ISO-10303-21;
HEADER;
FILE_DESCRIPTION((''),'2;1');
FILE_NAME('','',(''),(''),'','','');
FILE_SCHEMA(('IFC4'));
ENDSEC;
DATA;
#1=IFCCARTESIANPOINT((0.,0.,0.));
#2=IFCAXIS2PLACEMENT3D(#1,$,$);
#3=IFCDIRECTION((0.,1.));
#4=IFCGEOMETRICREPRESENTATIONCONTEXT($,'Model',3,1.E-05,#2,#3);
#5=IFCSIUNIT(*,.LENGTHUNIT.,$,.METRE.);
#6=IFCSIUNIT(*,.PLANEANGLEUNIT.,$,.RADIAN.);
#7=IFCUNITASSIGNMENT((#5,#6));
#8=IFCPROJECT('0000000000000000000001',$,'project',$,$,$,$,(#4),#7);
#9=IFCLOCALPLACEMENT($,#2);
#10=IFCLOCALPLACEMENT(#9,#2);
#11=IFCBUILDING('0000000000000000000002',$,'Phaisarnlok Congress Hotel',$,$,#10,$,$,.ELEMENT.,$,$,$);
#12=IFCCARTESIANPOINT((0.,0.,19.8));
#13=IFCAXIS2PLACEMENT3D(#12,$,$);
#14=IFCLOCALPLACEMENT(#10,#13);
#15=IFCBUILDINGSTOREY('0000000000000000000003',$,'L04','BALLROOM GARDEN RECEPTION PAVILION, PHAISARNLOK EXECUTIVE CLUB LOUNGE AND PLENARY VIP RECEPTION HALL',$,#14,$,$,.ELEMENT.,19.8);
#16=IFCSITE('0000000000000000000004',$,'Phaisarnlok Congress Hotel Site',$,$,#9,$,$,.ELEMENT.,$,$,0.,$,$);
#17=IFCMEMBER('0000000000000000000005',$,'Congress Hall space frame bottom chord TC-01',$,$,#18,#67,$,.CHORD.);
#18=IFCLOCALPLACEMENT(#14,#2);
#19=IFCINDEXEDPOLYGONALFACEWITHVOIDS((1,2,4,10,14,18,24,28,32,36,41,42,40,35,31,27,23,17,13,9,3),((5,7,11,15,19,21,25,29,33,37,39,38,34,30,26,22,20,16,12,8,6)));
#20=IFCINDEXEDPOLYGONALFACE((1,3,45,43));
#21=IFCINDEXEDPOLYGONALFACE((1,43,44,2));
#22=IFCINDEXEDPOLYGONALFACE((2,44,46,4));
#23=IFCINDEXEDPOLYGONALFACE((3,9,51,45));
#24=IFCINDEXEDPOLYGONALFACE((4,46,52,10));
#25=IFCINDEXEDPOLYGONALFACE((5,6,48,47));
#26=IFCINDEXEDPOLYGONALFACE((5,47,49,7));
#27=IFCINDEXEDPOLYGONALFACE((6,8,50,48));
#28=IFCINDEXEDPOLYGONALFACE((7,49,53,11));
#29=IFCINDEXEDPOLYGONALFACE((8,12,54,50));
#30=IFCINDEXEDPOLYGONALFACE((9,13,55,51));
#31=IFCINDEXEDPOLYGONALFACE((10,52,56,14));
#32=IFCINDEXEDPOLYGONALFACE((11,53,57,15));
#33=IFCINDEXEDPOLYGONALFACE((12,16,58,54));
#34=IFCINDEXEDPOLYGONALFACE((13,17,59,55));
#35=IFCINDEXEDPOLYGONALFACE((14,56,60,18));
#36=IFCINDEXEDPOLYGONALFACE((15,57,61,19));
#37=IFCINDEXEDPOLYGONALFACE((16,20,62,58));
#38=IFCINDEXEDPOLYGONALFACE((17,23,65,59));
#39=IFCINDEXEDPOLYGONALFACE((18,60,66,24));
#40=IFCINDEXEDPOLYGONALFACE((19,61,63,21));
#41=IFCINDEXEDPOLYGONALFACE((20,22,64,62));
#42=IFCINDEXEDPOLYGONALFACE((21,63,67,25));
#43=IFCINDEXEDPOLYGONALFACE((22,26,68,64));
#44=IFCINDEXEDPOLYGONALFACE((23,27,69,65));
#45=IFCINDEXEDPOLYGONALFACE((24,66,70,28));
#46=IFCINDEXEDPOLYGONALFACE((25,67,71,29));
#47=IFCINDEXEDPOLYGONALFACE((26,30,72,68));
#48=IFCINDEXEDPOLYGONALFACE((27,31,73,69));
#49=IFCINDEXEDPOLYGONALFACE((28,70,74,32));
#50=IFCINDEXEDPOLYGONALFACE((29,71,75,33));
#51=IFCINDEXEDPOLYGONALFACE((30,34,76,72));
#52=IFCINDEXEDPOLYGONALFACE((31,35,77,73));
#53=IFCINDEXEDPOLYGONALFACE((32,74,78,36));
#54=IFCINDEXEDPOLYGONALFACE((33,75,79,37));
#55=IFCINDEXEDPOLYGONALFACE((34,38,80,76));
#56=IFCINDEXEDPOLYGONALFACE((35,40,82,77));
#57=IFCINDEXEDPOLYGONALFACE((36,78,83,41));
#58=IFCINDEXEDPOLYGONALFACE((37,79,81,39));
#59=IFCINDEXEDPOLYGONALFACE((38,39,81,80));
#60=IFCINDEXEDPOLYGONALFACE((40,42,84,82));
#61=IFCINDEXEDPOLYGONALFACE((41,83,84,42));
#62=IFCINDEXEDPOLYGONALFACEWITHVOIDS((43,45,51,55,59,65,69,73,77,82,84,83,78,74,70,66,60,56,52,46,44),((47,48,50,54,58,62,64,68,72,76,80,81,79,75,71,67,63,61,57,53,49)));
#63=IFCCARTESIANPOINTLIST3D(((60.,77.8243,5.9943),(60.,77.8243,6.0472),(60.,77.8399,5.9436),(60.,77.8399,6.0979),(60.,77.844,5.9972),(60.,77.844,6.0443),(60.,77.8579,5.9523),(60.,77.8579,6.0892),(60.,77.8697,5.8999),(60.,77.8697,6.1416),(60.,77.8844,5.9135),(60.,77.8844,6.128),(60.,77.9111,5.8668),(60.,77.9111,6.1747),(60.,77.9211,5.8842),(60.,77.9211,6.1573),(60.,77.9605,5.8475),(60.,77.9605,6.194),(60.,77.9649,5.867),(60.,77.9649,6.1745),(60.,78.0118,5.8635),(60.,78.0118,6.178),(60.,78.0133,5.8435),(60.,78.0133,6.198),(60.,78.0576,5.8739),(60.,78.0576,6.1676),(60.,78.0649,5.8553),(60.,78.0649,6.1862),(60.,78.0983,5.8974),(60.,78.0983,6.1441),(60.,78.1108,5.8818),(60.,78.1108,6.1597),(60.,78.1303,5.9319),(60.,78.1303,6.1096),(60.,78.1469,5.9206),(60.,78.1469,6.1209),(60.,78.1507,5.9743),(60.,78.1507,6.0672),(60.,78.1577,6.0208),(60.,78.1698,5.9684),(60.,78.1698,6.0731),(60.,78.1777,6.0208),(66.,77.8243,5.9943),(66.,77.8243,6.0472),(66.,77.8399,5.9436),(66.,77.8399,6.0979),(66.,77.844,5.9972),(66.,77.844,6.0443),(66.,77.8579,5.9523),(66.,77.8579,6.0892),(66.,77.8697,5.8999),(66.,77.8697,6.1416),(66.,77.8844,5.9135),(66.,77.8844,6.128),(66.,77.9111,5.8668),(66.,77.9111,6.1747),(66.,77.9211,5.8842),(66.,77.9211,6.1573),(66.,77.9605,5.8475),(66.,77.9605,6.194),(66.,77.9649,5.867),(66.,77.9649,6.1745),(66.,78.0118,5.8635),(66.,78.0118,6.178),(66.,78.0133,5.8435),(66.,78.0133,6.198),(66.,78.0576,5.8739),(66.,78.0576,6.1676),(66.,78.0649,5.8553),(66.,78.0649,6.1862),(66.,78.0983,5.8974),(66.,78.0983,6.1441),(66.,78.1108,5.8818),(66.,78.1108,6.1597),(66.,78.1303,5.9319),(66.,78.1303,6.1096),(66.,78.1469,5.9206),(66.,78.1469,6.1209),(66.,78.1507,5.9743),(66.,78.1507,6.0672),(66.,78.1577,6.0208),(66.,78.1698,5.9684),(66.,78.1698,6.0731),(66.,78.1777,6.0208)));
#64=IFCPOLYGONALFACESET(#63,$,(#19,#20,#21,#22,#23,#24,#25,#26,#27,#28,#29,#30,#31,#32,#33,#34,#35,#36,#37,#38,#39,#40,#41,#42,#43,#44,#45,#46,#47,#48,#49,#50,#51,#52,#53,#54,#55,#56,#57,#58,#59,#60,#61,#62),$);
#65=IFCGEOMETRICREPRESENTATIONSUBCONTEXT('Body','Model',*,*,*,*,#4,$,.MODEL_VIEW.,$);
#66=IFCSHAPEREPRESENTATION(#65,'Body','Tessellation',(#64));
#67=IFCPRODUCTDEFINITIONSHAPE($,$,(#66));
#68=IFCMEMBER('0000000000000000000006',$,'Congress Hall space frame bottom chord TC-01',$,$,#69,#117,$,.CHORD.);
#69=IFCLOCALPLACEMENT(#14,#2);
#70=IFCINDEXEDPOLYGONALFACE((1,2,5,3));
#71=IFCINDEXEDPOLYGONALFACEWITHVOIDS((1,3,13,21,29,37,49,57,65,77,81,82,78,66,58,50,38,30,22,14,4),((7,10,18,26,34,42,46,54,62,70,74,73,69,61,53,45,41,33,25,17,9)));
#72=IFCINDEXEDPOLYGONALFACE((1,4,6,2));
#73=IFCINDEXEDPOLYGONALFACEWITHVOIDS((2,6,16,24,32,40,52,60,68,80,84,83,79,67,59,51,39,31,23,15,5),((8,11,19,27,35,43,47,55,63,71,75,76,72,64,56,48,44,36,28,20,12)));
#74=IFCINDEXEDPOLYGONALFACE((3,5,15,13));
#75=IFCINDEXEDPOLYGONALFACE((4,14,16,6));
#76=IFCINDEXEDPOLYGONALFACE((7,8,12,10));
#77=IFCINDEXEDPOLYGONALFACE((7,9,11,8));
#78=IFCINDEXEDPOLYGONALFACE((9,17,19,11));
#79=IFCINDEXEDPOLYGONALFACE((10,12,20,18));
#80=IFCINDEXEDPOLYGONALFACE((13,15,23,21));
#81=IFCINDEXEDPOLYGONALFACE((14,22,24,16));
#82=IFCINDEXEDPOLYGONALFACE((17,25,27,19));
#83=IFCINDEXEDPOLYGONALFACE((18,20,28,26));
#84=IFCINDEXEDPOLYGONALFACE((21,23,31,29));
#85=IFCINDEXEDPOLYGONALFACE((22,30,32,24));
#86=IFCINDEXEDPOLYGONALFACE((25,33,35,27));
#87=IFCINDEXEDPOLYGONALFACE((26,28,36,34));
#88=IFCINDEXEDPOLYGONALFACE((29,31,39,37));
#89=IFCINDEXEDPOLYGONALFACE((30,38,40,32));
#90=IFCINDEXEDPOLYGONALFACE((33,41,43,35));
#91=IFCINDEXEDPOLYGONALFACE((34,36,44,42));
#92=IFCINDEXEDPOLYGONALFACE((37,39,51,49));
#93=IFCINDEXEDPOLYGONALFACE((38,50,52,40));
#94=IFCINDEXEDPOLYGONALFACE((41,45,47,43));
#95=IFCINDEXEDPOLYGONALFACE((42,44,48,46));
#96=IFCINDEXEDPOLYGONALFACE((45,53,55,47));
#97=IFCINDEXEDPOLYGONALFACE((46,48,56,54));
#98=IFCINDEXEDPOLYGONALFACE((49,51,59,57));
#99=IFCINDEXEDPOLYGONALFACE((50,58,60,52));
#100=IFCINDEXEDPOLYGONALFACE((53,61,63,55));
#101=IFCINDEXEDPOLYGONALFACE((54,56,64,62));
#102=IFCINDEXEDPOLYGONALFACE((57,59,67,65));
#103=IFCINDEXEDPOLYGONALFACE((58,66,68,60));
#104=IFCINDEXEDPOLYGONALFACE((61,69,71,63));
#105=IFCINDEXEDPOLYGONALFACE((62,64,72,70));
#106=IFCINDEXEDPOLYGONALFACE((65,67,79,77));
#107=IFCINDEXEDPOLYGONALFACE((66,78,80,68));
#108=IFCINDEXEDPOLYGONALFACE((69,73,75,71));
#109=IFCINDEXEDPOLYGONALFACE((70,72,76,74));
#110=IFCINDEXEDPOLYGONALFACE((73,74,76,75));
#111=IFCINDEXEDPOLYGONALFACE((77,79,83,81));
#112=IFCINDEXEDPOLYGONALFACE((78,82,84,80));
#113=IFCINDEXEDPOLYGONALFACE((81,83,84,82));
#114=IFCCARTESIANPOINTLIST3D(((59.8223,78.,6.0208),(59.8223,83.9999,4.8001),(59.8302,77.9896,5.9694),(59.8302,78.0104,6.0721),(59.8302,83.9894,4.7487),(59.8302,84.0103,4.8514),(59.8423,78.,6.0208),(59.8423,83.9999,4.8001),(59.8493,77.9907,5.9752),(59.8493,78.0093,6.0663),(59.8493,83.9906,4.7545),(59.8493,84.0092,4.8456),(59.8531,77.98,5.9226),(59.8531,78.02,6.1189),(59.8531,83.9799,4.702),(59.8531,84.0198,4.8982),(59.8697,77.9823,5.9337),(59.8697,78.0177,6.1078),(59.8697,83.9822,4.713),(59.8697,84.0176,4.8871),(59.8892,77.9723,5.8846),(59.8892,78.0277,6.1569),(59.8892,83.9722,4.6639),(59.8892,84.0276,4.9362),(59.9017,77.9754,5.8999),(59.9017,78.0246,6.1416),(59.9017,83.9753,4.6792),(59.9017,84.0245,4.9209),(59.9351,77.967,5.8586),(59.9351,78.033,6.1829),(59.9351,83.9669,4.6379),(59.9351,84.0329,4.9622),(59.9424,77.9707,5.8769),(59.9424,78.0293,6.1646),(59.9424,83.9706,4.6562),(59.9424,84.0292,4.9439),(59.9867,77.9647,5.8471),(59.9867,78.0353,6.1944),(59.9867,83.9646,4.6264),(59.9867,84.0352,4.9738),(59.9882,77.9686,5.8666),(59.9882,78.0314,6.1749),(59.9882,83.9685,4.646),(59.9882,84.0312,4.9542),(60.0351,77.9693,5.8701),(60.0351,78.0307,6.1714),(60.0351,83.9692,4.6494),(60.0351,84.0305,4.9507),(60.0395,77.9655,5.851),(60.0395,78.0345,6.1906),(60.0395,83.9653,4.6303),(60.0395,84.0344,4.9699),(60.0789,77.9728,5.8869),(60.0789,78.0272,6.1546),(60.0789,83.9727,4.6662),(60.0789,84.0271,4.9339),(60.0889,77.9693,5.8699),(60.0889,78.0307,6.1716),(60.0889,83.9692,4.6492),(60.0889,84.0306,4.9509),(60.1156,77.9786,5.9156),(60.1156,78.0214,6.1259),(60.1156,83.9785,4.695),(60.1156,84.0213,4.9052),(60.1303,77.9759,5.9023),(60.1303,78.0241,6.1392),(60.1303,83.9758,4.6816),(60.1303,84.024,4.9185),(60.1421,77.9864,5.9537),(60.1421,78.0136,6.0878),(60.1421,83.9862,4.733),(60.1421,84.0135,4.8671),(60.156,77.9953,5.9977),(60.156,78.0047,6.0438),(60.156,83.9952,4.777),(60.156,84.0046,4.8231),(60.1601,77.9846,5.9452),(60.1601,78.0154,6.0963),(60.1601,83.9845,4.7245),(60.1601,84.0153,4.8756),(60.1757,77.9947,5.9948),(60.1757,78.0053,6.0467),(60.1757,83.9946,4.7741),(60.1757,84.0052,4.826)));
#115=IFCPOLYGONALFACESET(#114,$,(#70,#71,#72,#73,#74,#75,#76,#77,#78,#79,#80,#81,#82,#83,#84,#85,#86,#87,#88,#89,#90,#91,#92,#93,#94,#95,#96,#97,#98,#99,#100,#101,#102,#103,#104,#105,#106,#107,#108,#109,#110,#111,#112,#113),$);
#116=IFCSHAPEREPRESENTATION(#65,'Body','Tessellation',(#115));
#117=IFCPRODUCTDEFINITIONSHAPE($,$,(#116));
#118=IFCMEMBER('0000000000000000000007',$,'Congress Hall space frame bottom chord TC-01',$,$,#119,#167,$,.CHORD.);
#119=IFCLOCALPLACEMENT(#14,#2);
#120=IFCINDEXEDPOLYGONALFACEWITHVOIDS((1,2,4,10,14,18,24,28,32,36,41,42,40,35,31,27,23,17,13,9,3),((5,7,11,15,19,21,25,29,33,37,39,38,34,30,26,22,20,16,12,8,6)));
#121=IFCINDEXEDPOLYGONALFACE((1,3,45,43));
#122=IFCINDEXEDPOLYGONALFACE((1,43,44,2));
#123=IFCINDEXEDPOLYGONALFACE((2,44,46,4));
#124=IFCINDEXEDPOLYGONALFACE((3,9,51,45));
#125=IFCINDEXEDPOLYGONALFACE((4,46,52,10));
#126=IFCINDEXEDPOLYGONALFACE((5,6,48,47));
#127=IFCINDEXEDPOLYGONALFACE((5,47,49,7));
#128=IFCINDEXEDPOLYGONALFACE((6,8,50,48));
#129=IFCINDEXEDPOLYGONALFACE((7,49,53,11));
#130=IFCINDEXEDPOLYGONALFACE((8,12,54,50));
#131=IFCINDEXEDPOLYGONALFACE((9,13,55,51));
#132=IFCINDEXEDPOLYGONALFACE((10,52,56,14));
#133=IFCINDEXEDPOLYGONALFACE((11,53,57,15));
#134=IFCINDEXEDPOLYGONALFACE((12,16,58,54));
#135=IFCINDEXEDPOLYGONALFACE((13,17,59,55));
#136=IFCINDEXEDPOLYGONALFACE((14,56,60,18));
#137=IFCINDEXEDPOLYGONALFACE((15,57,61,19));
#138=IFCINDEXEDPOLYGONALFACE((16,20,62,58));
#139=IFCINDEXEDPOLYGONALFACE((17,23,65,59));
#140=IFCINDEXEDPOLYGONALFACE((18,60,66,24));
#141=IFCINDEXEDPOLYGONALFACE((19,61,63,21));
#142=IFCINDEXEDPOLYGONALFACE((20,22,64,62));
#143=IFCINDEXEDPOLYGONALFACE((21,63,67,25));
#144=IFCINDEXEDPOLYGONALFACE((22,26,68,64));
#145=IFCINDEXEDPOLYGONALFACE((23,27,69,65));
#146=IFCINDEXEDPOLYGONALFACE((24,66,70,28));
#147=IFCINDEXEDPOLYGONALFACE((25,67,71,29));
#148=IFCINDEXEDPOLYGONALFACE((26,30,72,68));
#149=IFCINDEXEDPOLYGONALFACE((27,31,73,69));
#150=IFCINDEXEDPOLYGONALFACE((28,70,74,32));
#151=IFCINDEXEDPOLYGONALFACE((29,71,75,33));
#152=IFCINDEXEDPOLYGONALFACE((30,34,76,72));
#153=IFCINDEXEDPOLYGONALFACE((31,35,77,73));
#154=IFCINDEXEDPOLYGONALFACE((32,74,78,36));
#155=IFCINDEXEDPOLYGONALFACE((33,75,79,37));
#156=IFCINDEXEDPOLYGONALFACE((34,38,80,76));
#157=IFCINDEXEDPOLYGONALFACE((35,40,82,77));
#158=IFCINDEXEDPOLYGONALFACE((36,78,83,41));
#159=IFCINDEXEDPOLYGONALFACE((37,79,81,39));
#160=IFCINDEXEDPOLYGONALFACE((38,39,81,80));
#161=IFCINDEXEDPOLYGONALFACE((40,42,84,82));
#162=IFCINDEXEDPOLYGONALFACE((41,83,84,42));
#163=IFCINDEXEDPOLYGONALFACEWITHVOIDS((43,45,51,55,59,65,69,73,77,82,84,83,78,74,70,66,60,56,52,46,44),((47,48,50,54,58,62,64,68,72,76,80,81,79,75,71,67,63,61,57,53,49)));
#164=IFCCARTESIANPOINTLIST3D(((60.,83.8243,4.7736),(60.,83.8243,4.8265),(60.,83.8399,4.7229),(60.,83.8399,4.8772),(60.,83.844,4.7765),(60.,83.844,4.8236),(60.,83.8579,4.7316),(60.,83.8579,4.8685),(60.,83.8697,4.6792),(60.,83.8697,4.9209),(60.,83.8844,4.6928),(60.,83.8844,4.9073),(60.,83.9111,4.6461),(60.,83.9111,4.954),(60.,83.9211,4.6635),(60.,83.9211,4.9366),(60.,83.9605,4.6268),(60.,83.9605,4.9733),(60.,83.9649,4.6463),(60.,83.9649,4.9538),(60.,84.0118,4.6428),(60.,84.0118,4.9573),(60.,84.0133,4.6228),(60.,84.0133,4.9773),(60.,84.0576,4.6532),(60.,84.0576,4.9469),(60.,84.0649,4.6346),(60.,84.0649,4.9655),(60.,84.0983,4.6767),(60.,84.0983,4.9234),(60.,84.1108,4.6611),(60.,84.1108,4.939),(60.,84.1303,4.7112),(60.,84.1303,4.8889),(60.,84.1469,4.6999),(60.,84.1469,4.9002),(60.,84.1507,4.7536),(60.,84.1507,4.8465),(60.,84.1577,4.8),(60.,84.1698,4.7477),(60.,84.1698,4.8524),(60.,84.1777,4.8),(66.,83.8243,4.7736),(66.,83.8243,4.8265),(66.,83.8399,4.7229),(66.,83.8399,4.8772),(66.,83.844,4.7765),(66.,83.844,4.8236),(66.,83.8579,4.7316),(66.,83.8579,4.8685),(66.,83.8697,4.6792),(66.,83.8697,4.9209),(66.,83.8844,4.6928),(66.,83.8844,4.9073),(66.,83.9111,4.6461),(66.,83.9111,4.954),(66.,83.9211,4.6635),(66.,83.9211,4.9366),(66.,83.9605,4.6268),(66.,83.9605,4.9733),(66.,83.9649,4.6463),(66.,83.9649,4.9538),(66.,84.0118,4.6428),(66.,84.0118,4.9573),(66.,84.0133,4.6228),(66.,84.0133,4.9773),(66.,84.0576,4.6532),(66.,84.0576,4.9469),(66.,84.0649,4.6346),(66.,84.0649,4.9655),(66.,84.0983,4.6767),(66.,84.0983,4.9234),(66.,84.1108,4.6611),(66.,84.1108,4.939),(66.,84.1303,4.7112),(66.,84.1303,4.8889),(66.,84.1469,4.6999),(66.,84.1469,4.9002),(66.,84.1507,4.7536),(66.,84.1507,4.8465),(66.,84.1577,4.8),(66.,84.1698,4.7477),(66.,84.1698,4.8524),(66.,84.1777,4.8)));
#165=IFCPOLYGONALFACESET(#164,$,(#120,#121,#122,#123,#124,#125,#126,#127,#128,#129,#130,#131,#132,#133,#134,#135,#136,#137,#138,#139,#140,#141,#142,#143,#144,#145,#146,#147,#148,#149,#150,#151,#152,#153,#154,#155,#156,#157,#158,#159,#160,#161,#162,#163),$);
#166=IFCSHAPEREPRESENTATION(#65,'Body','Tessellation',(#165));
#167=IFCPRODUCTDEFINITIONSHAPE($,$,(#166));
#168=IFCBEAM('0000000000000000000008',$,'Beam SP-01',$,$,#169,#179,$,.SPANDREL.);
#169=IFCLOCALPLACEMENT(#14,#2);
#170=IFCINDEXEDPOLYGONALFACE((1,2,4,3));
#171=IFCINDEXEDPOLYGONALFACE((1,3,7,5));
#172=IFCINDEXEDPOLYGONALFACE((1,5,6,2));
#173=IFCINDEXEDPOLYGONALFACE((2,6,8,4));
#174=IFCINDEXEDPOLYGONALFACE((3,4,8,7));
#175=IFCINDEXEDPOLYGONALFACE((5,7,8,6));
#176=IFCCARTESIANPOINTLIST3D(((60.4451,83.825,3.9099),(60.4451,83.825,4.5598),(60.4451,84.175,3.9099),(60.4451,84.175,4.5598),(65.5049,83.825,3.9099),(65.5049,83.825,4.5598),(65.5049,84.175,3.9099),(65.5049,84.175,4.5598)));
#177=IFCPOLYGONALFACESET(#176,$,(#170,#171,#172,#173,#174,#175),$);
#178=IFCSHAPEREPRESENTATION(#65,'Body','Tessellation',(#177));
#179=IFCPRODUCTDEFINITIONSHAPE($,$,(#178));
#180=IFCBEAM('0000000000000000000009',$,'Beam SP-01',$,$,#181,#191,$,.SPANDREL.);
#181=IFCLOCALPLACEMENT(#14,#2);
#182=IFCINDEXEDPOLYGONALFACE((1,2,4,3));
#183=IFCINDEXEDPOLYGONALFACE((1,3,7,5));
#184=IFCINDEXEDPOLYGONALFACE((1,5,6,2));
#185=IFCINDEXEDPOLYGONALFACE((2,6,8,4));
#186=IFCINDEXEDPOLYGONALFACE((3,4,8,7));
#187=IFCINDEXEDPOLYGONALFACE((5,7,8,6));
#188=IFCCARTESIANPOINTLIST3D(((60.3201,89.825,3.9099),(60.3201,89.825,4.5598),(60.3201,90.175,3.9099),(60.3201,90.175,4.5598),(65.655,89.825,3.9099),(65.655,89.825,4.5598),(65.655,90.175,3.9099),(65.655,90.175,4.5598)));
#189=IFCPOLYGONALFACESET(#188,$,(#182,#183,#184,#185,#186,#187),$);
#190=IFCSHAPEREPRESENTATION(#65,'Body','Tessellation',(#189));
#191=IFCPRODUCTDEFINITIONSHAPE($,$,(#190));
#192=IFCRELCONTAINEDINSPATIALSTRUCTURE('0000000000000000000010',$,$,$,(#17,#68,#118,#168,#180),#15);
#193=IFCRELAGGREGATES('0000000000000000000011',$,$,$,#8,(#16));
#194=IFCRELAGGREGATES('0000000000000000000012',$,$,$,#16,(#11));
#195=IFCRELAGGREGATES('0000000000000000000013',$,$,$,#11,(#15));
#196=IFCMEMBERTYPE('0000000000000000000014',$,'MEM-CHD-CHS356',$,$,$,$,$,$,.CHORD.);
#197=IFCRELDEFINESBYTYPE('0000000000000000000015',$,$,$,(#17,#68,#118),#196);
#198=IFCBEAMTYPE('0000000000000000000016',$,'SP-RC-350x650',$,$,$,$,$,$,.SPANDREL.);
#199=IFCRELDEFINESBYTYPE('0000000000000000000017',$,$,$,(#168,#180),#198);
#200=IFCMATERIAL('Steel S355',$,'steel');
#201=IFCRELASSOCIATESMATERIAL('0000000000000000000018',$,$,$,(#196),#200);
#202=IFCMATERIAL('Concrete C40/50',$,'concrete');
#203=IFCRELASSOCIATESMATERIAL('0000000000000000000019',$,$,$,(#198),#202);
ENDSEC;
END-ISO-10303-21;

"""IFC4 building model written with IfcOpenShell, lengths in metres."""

from ifc_helpers import new_model, si_unit, direction, frame, origin, origin_2d, place, context, subcontext, project, spatial, rectangle, hollow_circle, extrude, material, material_profile, profile_set, type_object, element, save


model = new_model("IFC4")

# Units and contexts
model_context = context("Model", 3, precision=1e-05, world=origin(), true_north=direction((0.0, 1.0)))
body_context = subcontext(model_context, "Body", "Model", "MODEL_VIEW")
ifc_project = project(units=[si_unit("LENGTHUNIT", "METRE"), si_unit("PLANEANGLEUNIT", "RADIAN")], contexts=[model_context])

# Site, building, storey
site_placement = place(None, origin())
site = spatial("IfcSite", under=ifc_project, at=site_placement, Name="Phaisarnlok Congress Hotel Site", CompositionType="ELEMENT", RefElevation=0.0)
building_placement = place(site_placement, origin())
building = spatial("IfcBuilding", under=site, at=building_placement, Name="Phaisarnlok Congress Hotel", CompositionType="ELEMENT")
storey_placement = place(building_placement, frame((0.0, 0.0, 19.8)))
storey = spatial("IfcBuildingStorey", under=building, at=storey_placement, Name="L04", Description="BALLROOM GARDEN RECEPTION PAVILION, PHAISARNLOK EXECUTIVE CLUB LOUNGE AND PLENARY VIP RECEPTION HALL", CompositionType="ELEMENT", Elevation=19.8)

# Shared definitions
ifc_material_1 = material(Name="Steel S355", Category="steel")

# Members
ifc_material_profile_1 = material_profile(ifc_material_1, hollow_circle(Radius=0.1777, WallThickness=0.02, at=origin_2d()), Name="CHS 355.6x20")
ifc_profile_set_1 = profile_set([ifc_material_profile_1], Name="Steel S355")
member_type_1 = type_object("IfcMemberType", Name="MEM-CHD-CHS356", PredefinedType="CHORD", material=ifc_profile_set_1)
member_1_placement = place(storey_placement, frame((60.0, 78.0, 6.0208), z_axis=(1.0, 0.0, 0.0), x_axis=(0.0, 1.0, 0.0)))
element("IfcMember", 1, at=member_1_placement, inside=storey, type_object=member_type_1, Name="Congress Hall space frame bottom chord TC-01", PredefinedType="CHORD", context=body_context, shape_type="SweptSolid", body=[
    extrude(hollow_circle(Radius=0.1777, WallThickness=0.02, at=origin_2d()), origin(), (0.0, 0.0, 1.0), 6.0),
])
member_2_placement = place(storey_placement, frame((60.0, 78.0, 6.0208), z_axis=(0.0, 0.979925, -0.199366), x_axis=(-1.0, 0.0, 0.0)))
element("IfcMember", 2, at=member_2_placement, inside=storey, type_object=member_type_1, Name="Congress Hall space frame bottom chord TC-01", PredefinedType="CHORD", context=body_context, shape_type="SweptSolid", body=[
    extrude(hollow_circle(Radius=0.1777, WallThickness=0.02, at=origin_2d()), origin(), (0.0, 0.0, 1.0), 6.1228),
])
member_3_placement = place(storey_placement, frame((60.0, 84.0, 4.8), z_axis=(1.0, 0.0, 0.0), x_axis=(0.0, 1.0, 0.0)))
element("IfcMember", 3, at=member_3_placement, inside=storey, type_object=member_type_1, Name="Congress Hall space frame bottom chord TC-01", PredefinedType="CHORD", context=body_context, shape_type="SweptSolid", body=[
    extrude(hollow_circle(Radius=0.1777, WallThickness=0.02, at=origin_2d()), origin(), (0.0, 0.0, 1.0), 6.0),
])

# Beams
ifc_material_2 = material(Name="Concrete C40/50", Category="concrete")
ifc_material_profile_2 = material_profile(ifc_material_2, rectangle(XDim=0.3501, YDim=0.6499, at=origin_2d()), Name="RC 350x650")
ifc_profile_set_2 = profile_set([ifc_material_profile_2], Name="Concrete C40/50")
beam_type_1 = type_object("IfcBeamType", Name="SP-RC-350x650", PredefinedType="SPANDREL", material=ifc_profile_set_2)
beam_1_placement = place(storey_placement, frame((60.4451, 84.0, 4.2349), z_axis=(1.0, 0.0, 0.0), x_axis=(0.0, 1.0, 0.0)))
element("IfcBeam", 4, at=beam_1_placement, inside=storey, type_object=beam_type_1, Name="Beam SP-01", PredefinedType="SPANDREL", context=body_context, shape_type="SweptSolid", body=[
    extrude(rectangle(XDim=0.3501, YDim=0.6499, at=origin_2d()), origin(), (0.0, 0.0, 1.0), 5.0598),
])
beam_2_placement = place(storey_placement, frame((60.3201, 90.0, 4.2349), z_axis=(1.0, 0.0, 0.0), x_axis=(0.0, 1.0, 0.0)))
element("IfcBeam", 5, at=beam_2_placement, inside=storey, type_object=beam_type_1, Name="Beam SP-01", PredefinedType="SPANDREL", context=body_context, shape_type="SweptSolid", body=[
    extrude(rectangle(XDim=0.3501, YDim=0.6499, at=origin_2d()), origin(), (0.0, 0.0, 1.0), 5.335),
])

save(model, "model.ifc")
